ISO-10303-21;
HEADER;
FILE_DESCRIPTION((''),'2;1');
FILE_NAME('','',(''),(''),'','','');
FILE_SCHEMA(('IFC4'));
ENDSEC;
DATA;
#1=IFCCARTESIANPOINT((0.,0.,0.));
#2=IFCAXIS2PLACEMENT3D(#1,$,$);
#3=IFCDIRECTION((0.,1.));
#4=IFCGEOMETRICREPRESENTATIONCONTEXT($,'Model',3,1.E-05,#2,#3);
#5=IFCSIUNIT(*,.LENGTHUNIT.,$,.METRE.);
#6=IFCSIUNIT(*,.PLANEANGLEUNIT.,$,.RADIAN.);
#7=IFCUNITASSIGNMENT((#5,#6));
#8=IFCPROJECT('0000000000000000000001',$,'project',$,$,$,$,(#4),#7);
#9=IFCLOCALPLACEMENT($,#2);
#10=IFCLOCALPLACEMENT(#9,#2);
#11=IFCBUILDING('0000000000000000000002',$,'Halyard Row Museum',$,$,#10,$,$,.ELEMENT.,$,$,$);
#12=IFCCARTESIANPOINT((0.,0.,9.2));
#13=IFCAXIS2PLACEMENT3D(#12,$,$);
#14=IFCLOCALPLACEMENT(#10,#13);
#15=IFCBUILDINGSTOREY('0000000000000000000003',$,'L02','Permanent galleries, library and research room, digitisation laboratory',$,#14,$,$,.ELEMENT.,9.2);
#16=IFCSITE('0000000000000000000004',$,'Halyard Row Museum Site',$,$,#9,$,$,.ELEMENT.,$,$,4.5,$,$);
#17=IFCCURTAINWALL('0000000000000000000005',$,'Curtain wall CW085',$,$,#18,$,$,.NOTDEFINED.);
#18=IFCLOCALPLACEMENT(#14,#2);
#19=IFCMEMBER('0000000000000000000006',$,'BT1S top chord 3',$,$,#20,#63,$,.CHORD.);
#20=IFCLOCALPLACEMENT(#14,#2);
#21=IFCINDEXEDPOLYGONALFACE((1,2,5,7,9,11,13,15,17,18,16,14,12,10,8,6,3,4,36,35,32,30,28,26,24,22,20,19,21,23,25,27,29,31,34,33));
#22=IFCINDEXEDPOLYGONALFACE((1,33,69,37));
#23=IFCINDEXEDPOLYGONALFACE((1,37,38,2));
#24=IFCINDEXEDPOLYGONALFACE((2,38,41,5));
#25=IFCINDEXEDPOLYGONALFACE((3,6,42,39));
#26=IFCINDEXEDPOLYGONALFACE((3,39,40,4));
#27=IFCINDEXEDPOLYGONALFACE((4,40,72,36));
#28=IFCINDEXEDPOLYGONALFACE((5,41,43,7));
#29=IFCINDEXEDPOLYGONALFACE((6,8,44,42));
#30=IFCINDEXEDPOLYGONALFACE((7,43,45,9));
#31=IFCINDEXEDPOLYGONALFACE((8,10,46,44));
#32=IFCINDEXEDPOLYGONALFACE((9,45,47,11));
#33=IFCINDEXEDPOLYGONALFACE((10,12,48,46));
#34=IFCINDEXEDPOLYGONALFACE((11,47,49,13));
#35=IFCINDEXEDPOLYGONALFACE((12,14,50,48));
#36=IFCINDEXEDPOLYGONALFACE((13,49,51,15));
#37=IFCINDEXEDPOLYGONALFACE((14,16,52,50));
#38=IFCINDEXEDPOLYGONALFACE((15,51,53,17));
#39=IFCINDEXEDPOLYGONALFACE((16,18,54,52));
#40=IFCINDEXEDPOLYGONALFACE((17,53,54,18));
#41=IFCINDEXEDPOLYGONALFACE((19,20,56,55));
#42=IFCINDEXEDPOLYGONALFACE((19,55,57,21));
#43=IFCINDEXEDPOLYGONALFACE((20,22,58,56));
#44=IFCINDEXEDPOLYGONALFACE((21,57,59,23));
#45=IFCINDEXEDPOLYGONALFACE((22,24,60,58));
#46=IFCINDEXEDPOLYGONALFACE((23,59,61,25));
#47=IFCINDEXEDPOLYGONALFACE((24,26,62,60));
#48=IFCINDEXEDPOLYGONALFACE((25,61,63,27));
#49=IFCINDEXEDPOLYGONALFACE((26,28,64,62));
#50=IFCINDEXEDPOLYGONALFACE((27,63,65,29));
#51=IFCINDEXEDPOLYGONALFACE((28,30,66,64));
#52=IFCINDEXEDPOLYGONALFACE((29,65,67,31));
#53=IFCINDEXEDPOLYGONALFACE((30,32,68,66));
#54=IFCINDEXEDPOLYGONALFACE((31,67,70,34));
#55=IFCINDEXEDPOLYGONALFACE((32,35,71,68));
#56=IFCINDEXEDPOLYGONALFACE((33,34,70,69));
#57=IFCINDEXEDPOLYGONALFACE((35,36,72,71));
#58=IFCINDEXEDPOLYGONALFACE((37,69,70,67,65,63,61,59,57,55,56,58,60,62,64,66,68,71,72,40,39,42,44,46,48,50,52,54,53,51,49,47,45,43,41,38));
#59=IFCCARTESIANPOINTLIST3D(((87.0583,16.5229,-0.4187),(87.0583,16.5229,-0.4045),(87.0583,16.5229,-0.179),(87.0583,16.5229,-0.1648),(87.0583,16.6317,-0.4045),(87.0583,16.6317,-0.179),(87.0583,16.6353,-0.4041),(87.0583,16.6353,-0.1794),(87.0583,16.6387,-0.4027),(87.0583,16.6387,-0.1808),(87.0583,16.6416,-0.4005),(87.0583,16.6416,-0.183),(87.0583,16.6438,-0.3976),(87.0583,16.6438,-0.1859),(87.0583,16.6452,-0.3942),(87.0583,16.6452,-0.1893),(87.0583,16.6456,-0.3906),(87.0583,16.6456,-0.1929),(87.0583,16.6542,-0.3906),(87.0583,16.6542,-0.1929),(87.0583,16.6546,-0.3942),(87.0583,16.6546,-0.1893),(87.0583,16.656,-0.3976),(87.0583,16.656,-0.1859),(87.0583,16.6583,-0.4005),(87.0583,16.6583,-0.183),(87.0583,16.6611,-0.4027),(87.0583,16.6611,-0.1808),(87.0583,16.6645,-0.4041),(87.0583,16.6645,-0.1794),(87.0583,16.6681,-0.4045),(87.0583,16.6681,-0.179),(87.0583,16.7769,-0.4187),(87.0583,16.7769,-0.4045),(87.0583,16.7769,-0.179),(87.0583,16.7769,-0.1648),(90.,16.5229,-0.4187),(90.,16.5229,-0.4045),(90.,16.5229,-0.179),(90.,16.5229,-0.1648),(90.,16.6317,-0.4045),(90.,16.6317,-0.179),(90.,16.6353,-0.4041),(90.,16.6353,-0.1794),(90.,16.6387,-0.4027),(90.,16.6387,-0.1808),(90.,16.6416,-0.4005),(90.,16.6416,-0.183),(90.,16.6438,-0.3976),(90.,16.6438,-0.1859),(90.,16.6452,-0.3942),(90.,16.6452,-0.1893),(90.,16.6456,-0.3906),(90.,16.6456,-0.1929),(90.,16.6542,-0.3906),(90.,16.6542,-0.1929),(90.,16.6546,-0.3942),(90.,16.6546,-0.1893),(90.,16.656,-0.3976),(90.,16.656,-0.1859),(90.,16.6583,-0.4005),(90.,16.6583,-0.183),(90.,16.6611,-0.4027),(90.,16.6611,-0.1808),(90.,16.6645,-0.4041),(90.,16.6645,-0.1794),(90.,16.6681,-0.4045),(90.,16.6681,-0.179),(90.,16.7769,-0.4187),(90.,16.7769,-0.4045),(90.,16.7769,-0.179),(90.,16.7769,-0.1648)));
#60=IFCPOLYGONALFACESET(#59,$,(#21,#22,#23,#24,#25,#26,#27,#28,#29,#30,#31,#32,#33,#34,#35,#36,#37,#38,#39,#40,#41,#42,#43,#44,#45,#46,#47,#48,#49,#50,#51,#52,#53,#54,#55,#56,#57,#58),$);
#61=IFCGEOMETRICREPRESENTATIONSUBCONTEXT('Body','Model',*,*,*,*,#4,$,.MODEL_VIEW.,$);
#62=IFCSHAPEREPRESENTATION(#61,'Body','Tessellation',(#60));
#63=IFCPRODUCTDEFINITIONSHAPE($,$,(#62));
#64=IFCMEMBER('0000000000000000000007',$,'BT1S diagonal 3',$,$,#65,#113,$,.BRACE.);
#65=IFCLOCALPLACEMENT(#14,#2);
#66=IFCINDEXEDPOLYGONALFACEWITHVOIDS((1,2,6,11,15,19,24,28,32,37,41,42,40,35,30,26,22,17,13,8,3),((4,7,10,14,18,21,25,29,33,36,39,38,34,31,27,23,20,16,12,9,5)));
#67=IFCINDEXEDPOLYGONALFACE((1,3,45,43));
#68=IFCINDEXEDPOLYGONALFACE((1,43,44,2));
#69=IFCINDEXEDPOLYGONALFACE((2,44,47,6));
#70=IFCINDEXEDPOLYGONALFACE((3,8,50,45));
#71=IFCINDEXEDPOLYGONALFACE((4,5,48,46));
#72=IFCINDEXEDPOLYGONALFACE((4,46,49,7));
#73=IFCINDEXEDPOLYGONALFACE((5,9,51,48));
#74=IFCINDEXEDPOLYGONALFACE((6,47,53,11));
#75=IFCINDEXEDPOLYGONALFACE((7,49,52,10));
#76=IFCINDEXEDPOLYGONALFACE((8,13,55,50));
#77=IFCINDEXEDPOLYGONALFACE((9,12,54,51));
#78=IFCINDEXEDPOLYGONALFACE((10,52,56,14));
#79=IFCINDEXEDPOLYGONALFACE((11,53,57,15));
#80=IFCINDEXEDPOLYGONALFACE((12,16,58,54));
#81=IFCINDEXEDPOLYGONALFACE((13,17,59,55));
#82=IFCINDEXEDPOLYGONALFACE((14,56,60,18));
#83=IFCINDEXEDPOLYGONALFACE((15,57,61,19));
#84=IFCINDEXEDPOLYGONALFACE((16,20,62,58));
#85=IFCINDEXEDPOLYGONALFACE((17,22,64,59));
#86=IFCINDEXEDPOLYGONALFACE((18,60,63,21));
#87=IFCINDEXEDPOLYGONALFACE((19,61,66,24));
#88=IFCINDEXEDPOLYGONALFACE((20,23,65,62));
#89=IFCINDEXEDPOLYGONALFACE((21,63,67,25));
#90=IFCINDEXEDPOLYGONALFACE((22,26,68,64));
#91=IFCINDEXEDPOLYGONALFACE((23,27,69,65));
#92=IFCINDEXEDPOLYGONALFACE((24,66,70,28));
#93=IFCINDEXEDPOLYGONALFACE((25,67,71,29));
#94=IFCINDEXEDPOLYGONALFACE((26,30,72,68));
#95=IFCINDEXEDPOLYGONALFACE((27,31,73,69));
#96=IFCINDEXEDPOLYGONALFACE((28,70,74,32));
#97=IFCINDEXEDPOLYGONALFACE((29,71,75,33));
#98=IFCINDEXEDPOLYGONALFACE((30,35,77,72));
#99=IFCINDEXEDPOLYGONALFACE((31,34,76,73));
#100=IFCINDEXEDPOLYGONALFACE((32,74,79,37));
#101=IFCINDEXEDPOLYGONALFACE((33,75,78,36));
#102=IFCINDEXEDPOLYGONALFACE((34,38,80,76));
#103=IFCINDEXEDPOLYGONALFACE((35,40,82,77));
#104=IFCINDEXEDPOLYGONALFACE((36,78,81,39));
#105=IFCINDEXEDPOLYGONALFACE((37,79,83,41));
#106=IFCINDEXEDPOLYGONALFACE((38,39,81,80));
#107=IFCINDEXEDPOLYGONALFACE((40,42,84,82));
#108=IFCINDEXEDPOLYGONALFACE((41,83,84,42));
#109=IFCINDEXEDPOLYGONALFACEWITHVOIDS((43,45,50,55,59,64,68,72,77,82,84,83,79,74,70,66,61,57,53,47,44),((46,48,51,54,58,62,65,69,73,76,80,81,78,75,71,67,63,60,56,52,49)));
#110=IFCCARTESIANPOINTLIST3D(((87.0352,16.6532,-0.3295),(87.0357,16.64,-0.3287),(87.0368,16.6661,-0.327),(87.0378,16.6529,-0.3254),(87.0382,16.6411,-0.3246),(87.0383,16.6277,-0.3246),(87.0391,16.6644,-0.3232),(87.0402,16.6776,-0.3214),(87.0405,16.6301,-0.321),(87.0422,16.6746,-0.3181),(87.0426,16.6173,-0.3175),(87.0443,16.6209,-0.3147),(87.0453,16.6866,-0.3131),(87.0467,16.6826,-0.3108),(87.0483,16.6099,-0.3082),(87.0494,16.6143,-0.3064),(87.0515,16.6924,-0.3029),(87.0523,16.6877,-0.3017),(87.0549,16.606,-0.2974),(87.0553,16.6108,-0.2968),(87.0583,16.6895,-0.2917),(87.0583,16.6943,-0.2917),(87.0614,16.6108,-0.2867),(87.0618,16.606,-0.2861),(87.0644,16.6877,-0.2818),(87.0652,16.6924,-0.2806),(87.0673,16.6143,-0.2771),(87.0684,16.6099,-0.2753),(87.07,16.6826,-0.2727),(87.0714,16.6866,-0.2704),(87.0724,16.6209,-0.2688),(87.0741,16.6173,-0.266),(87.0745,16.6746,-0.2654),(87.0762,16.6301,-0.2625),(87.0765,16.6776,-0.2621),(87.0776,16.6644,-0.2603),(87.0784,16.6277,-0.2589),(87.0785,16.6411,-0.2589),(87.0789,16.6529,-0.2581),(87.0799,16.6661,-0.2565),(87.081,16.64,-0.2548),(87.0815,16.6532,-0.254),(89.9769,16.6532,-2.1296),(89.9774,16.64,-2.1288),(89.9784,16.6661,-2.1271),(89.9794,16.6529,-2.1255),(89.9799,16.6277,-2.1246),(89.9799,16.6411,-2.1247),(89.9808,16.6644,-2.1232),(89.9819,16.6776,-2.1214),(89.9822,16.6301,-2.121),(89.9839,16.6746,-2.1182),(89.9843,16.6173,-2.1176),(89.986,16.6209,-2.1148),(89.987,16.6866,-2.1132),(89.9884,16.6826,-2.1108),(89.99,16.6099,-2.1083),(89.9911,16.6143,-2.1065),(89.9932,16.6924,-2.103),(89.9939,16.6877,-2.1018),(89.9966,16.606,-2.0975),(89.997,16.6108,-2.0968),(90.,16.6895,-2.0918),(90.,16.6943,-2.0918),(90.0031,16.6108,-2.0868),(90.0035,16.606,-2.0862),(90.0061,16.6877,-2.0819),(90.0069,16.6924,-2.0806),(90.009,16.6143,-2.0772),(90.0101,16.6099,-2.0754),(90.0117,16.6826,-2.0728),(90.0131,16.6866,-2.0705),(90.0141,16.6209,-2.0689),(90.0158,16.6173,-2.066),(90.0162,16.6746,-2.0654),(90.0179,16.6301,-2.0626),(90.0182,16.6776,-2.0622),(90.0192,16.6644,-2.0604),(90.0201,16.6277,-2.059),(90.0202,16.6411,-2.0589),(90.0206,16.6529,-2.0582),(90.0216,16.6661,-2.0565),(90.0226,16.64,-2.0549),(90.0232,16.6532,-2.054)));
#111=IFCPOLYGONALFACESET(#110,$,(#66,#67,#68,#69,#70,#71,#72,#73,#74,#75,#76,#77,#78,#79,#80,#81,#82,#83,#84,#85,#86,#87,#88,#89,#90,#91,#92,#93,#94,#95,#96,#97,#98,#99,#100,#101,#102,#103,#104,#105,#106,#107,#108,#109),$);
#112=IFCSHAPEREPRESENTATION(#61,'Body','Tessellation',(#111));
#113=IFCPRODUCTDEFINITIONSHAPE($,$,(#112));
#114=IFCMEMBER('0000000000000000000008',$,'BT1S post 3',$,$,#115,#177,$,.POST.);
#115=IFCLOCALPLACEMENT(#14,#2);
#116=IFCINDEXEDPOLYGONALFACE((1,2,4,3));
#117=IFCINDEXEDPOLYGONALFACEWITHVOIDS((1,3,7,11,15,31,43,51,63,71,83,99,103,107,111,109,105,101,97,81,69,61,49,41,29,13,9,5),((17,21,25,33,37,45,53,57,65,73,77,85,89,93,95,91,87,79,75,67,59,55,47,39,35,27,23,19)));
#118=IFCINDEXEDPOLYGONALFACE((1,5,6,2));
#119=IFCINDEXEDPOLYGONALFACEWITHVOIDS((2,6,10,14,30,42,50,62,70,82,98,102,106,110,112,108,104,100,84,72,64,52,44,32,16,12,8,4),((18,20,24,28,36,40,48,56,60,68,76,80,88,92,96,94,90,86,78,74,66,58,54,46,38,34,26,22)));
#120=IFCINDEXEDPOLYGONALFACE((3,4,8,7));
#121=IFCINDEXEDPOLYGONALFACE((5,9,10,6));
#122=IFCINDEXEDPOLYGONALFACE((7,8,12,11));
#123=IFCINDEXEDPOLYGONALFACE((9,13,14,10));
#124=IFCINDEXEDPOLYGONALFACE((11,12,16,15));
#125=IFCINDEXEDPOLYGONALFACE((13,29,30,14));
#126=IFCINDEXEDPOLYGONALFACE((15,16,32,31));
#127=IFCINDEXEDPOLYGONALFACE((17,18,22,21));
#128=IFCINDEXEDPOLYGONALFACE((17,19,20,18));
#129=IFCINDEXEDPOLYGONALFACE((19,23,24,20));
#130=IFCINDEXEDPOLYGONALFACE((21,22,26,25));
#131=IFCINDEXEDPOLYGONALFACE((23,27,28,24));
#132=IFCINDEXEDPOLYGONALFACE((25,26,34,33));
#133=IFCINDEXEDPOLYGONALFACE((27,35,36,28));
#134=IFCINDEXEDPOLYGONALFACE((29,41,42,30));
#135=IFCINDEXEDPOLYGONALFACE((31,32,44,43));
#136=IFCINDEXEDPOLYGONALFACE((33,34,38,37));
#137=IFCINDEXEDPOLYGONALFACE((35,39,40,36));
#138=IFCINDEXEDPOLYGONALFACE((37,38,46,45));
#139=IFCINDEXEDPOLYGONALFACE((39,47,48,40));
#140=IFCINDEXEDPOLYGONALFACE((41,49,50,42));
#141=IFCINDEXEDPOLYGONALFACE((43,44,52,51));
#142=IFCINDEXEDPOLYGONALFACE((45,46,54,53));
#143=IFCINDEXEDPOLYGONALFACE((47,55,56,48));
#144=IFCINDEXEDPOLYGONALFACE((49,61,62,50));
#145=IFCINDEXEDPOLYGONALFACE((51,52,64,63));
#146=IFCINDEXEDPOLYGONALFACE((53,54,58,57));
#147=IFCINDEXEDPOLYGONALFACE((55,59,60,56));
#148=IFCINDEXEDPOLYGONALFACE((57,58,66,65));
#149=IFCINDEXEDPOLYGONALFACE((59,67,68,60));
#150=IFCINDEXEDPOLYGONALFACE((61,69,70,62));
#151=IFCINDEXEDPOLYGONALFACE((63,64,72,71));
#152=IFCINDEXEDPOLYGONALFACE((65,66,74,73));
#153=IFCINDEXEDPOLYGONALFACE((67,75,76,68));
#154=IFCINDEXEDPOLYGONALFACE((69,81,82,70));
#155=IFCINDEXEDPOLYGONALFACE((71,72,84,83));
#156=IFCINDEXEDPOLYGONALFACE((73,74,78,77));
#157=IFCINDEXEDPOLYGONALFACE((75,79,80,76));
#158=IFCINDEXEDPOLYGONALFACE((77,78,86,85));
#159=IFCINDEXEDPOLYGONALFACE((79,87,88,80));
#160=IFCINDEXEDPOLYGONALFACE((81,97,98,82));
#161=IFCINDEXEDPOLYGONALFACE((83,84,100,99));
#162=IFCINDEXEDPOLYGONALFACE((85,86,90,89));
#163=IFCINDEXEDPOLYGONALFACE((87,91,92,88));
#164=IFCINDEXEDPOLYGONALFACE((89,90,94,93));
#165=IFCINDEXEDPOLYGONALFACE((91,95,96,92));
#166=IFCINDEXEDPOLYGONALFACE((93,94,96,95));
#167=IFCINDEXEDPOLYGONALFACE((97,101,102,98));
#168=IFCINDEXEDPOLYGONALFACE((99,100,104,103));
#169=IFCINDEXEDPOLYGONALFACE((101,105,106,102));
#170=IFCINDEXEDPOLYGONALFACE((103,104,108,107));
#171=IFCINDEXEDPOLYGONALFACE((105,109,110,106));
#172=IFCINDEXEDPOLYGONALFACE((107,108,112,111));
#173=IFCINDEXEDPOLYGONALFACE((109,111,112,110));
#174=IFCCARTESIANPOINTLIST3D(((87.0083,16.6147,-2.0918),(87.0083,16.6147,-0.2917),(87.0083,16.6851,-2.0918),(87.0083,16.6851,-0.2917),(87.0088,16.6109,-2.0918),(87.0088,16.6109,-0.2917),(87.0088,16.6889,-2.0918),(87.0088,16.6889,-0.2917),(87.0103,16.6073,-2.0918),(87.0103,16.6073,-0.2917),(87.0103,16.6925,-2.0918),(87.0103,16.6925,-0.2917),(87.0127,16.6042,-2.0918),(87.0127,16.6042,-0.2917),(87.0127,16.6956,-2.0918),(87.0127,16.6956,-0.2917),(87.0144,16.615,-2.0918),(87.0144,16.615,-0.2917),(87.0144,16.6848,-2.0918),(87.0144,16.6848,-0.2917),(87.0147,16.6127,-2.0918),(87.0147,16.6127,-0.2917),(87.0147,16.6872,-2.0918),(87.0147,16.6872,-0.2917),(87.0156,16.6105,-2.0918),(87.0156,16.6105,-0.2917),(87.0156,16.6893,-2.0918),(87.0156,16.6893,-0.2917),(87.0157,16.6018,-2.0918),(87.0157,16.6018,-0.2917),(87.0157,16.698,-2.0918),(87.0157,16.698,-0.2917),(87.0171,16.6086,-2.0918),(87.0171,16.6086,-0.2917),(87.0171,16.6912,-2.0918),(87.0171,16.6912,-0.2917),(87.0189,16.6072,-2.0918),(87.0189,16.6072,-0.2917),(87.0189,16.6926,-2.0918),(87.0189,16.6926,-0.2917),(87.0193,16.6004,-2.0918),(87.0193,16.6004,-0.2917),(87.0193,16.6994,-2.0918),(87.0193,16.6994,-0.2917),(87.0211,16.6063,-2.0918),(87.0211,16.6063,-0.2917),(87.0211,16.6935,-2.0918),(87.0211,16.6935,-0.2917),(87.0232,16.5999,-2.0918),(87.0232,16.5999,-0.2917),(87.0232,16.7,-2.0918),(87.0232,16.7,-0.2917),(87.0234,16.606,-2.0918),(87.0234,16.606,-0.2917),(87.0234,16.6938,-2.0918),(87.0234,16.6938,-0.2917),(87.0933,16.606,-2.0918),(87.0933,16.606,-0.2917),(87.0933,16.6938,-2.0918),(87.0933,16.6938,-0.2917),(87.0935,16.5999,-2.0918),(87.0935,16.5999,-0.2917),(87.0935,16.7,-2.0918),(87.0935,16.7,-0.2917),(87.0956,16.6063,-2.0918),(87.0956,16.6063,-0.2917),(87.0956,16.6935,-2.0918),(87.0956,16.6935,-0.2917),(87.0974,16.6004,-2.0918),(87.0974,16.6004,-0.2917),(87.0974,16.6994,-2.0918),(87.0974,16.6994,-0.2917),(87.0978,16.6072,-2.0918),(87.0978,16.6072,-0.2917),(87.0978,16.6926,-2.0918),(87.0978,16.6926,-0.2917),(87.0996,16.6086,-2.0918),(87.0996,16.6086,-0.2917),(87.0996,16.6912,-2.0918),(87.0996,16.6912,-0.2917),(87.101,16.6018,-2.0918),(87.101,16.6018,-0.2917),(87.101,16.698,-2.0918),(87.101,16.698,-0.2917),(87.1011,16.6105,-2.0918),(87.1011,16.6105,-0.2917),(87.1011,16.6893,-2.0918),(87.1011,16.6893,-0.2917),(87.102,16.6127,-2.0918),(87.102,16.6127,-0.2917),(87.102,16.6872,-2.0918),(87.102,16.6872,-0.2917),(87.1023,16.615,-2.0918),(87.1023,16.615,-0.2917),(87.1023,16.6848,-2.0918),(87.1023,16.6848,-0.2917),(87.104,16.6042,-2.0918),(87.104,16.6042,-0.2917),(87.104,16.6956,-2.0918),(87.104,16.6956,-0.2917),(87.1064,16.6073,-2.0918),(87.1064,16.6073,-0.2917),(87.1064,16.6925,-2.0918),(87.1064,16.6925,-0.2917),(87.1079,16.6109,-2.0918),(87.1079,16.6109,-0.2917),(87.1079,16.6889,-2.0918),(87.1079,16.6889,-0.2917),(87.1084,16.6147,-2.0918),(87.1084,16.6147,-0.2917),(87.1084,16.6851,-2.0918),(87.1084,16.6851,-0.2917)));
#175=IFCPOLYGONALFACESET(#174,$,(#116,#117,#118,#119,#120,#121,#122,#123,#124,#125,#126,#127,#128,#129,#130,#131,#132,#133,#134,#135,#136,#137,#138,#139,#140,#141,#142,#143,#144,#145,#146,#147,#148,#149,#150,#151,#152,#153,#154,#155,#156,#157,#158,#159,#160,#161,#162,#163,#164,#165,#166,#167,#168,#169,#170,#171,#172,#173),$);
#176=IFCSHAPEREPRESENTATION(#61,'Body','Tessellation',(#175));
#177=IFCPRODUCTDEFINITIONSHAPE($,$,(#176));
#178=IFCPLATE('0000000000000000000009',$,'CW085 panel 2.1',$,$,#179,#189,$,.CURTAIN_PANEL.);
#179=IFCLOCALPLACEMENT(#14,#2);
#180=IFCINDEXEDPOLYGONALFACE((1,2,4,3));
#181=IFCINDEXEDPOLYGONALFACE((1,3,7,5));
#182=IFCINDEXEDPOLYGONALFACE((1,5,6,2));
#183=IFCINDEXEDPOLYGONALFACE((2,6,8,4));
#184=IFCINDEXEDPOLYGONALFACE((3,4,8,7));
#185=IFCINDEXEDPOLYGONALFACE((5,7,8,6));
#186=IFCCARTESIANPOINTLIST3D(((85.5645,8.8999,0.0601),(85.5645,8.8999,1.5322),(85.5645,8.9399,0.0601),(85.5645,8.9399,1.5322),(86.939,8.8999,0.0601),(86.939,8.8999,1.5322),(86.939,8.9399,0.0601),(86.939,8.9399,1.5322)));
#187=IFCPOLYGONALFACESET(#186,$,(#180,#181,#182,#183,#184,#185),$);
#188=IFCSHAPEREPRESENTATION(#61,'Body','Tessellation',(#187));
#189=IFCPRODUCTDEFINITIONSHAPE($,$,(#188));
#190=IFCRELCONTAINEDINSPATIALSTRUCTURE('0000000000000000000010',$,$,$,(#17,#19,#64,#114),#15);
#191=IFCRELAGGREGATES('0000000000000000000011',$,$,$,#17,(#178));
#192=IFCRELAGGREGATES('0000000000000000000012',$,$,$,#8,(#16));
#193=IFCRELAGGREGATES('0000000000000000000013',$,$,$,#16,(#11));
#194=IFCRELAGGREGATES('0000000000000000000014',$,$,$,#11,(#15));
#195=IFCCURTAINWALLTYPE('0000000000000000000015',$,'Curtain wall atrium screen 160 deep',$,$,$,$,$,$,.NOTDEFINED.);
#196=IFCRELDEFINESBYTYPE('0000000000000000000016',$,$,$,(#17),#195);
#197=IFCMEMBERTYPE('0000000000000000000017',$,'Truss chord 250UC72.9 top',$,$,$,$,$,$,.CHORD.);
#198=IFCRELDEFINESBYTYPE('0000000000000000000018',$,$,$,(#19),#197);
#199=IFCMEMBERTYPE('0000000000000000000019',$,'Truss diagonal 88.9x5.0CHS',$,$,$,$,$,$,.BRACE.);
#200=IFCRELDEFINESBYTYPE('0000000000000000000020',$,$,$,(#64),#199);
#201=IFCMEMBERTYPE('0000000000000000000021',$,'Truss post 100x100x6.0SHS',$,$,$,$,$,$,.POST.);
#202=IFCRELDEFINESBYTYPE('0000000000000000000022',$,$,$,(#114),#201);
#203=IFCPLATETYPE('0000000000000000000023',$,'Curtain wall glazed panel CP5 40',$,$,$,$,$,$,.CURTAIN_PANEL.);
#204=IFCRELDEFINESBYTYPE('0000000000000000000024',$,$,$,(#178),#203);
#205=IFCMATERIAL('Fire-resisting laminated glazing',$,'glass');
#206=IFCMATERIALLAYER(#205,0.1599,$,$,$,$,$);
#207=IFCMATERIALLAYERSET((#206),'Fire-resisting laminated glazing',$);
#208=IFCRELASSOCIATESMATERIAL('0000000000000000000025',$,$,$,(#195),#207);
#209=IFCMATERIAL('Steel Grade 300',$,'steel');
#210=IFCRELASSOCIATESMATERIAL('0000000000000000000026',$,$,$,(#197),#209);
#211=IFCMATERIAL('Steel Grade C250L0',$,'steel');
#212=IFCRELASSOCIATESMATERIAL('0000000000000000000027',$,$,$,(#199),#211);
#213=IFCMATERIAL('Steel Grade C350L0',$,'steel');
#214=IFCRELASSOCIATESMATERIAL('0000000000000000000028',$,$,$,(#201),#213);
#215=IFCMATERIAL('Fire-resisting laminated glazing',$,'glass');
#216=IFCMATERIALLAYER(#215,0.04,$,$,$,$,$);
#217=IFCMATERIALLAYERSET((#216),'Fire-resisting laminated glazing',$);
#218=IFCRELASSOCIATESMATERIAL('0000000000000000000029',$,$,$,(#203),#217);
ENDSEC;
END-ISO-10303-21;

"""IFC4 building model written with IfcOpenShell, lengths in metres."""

from ifc_helpers import new_model, si_unit, direction, frame, origin, origin_2d, place, context, subcontext, project, spatial, rectangle, hollow_rectangle, hollow_circle, i_section, extrude, material, layer, layer_set, material_profile, profile_set, type_object, element, aggregate, save


model = new_model("IFC4")

# Units and contexts
model_context = context("Model", 3, precision=1e-05, world=origin(), true_north=direction((0.0, 1.0)))
body_context = subcontext(model_context, "Body", "Model", "MODEL_VIEW")
ifc_project = project(units=[si_unit("LENGTHUNIT", "METRE"), si_unit("PLANEANGLEUNIT", "RADIAN")], contexts=[model_context])

# Site, building, storey
site_placement = place(None, origin())
site = spatial("IfcSite", under=ifc_project, at=site_placement, Name="Halyard Row Museum Site", CompositionType="ELEMENT", RefElevation=4.5)
building_placement = place(site_placement, origin())
building = spatial("IfcBuilding", under=site, at=building_placement, Name="Halyard Row Museum", CompositionType="ELEMENT")
storey_placement = place(building_placement, frame((0.0, 0.0, 9.2)))
storey = spatial("IfcBuildingStorey", under=building, at=storey_placement, Name="L02", Description="Permanent galleries, library and research room, digitisation laboratory", CompositionType="ELEMENT", Elevation=9.2)

# Curtain wall
ifc_material_1 = material(Name="Fire-resisting laminated glazing", Category="glass")
ifc_layer_1 = layer(ifc_material_1, 0.1599)
ifc_layer_set_1 = layer_set([ifc_layer_1], Name="Fire-resisting laminated glazing")
curtain_wall_type = type_object("IfcCurtainWallType", Name="Curtain wall atrium screen 160 deep", PredefinedType="NOTDEFINED", material=ifc_layer_set_1)
curtain_wall_placement = place(storey_placement, origin())
curtain_wall = element("IfcCurtainWall", 1, at=curtain_wall_placement, inside=storey, type_object=curtain_wall_type, Name="Curtain wall CW085", PredefinedType="NOTDEFINED")

# Members
ifc_material_2 = material(Name="Steel Grade 300", Category="steel")
ifc_material_profile_1 = material_profile(ifc_material_2, i_section(OverallWidth=0.2539, OverallDepth=0.2539, WebThickness=0.0085, FlangeThickness=0.0142, FilletRadius=0.0139, at=origin_2d()), Name="250UC72.9")
ifc_profile_set_1 = profile_set([ifc_material_profile_1], Name="Steel Grade 300")
member_type_1 = type_object("IfcMemberType", Name="Truss chord 250UC72.9 top", PredefinedType="CHORD", material=ifc_profile_set_1)
member_1_placement = place(storey_placement, frame((87.0583, 16.6499, -0.2917), z_axis=(1.0, 0.0, 0.0), x_axis=(0.0, 1.0, 0.0)))
element("IfcMember", 2, at=member_1_placement, inside=storey, type_object=member_type_1, Name="BT1S top chord 3", PredefinedType="CHORD", context=body_context, shape_type="SweptSolid", body=[
    extrude(i_section(OverallWidth=0.2539, OverallDepth=0.2539, WebThickness=0.0085, FlangeThickness=0.0142, FilletRadius=0.0139, at=origin_2d()), origin(), (0.0, 0.0, 1.0), 2.9417),
])
ifc_material_3 = material(Name="Steel Grade C250L0", Category="steel")
ifc_material_profile_2 = material_profile(ifc_material_3, hollow_circle(Radius=0.0444, WallThickness=0.0049, at=origin_2d()), Name="88.9x5.0CHS")
ifc_profile_set_2 = profile_set([ifc_material_profile_2], Name="Steel Grade C250L0")
member_type_2 = type_object("IfcMemberType", Name="Truss diagonal 88.9x5.0CHS", PredefinedType="BRACE", material=ifc_profile_set_2)
member_2_placement = place(storey_placement, frame((87.0583, 16.6499, -0.2917), z_axis=(0.852975, 0.0, -0.521951), x_axis=(0.0, 1.0, 0.0)))
element("IfcMember", 3, at=member_2_placement, inside=storey, type_object=member_type_2, Name="BT1S diagonal 3", PredefinedType="BRACE", context=body_context, shape_type="SweptSolid", body=[
    extrude(hollow_circle(Radius=0.0444, WallThickness=0.0049, at=origin_2d()), origin(), (0.0, 0.0, 1.0), 3.4487),
])
ifc_material_4 = material(Name="Steel Grade C350L0", Category="steel")
ifc_material_profile_3 = material_profile(ifc_material_4, hollow_rectangle(XDim=0.1001, YDim=0.1001, WallThickness=0.0061, InnerFilletRadius=0.009, OuterFilletRadius=0.0149, at=origin_2d()), Name="100x100x6.0SHS")
ifc_profile_set_3 = profile_set([ifc_material_profile_3], Name="Steel Grade C350L0")
member_type_3 = type_object("IfcMemberType", Name="Truss post 100x100x6.0SHS", PredefinedType="POST", material=ifc_profile_set_3)
member_3_placement = place(storey_placement, frame((87.0583, 16.6499, -2.0918), z_axis=(0.0, 0.0, 1.0), x_axis=(1.0, 0.0, 0.0)))
element("IfcMember", 4, at=member_3_placement, inside=storey, type_object=member_type_3, Name="BT1S post 3", PredefinedType="POST", context=body_context, shape_type="SweptSolid", body=[
    extrude(hollow_rectangle(XDim=0.1001, YDim=0.1001, WallThickness=0.0061, InnerFilletRadius=0.009, OuterFilletRadius=0.0149, at=origin_2d()), origin(), (0.0, 0.0, 1.0), 1.8),
])

# Plate
ifc_material_5 = material(Name="Fire-resisting laminated glazing", Category="glass")
ifc_layer_2 = layer(ifc_material_5, 0.04)
ifc_layer_set_2 = layer_set([ifc_layer_2], Name="Fire-resisting laminated glazing")
plate_type = type_object("IfcPlateType", Name="Curtain wall glazed panel CP5 40", PredefinedType="CURTAIN_PANEL", material=ifc_layer_set_2)
plate_1_placement = place(storey_placement, frame((86.2517, 8.9199, 0.0601), z_axis=(0.0, 0.0, 1.0), x_axis=(1.0, 0.0, 0.0)))
plate_1 = element("IfcPlate", 5, at=plate_1_placement, type_object=plate_type, Name="CW085 panel 2.1", PredefinedType="CURTAIN_PANEL", context=body_context, shape_type="SweptSolid", body=[
    extrude(rectangle(XDim=1.3745, YDim=0.04, at=origin_2d()), origin(), (0.0, 0.0, 1.0), 1.4722),
])
aggregate(curtain_wall, [plate_1])

save(model, "model.ifc")
